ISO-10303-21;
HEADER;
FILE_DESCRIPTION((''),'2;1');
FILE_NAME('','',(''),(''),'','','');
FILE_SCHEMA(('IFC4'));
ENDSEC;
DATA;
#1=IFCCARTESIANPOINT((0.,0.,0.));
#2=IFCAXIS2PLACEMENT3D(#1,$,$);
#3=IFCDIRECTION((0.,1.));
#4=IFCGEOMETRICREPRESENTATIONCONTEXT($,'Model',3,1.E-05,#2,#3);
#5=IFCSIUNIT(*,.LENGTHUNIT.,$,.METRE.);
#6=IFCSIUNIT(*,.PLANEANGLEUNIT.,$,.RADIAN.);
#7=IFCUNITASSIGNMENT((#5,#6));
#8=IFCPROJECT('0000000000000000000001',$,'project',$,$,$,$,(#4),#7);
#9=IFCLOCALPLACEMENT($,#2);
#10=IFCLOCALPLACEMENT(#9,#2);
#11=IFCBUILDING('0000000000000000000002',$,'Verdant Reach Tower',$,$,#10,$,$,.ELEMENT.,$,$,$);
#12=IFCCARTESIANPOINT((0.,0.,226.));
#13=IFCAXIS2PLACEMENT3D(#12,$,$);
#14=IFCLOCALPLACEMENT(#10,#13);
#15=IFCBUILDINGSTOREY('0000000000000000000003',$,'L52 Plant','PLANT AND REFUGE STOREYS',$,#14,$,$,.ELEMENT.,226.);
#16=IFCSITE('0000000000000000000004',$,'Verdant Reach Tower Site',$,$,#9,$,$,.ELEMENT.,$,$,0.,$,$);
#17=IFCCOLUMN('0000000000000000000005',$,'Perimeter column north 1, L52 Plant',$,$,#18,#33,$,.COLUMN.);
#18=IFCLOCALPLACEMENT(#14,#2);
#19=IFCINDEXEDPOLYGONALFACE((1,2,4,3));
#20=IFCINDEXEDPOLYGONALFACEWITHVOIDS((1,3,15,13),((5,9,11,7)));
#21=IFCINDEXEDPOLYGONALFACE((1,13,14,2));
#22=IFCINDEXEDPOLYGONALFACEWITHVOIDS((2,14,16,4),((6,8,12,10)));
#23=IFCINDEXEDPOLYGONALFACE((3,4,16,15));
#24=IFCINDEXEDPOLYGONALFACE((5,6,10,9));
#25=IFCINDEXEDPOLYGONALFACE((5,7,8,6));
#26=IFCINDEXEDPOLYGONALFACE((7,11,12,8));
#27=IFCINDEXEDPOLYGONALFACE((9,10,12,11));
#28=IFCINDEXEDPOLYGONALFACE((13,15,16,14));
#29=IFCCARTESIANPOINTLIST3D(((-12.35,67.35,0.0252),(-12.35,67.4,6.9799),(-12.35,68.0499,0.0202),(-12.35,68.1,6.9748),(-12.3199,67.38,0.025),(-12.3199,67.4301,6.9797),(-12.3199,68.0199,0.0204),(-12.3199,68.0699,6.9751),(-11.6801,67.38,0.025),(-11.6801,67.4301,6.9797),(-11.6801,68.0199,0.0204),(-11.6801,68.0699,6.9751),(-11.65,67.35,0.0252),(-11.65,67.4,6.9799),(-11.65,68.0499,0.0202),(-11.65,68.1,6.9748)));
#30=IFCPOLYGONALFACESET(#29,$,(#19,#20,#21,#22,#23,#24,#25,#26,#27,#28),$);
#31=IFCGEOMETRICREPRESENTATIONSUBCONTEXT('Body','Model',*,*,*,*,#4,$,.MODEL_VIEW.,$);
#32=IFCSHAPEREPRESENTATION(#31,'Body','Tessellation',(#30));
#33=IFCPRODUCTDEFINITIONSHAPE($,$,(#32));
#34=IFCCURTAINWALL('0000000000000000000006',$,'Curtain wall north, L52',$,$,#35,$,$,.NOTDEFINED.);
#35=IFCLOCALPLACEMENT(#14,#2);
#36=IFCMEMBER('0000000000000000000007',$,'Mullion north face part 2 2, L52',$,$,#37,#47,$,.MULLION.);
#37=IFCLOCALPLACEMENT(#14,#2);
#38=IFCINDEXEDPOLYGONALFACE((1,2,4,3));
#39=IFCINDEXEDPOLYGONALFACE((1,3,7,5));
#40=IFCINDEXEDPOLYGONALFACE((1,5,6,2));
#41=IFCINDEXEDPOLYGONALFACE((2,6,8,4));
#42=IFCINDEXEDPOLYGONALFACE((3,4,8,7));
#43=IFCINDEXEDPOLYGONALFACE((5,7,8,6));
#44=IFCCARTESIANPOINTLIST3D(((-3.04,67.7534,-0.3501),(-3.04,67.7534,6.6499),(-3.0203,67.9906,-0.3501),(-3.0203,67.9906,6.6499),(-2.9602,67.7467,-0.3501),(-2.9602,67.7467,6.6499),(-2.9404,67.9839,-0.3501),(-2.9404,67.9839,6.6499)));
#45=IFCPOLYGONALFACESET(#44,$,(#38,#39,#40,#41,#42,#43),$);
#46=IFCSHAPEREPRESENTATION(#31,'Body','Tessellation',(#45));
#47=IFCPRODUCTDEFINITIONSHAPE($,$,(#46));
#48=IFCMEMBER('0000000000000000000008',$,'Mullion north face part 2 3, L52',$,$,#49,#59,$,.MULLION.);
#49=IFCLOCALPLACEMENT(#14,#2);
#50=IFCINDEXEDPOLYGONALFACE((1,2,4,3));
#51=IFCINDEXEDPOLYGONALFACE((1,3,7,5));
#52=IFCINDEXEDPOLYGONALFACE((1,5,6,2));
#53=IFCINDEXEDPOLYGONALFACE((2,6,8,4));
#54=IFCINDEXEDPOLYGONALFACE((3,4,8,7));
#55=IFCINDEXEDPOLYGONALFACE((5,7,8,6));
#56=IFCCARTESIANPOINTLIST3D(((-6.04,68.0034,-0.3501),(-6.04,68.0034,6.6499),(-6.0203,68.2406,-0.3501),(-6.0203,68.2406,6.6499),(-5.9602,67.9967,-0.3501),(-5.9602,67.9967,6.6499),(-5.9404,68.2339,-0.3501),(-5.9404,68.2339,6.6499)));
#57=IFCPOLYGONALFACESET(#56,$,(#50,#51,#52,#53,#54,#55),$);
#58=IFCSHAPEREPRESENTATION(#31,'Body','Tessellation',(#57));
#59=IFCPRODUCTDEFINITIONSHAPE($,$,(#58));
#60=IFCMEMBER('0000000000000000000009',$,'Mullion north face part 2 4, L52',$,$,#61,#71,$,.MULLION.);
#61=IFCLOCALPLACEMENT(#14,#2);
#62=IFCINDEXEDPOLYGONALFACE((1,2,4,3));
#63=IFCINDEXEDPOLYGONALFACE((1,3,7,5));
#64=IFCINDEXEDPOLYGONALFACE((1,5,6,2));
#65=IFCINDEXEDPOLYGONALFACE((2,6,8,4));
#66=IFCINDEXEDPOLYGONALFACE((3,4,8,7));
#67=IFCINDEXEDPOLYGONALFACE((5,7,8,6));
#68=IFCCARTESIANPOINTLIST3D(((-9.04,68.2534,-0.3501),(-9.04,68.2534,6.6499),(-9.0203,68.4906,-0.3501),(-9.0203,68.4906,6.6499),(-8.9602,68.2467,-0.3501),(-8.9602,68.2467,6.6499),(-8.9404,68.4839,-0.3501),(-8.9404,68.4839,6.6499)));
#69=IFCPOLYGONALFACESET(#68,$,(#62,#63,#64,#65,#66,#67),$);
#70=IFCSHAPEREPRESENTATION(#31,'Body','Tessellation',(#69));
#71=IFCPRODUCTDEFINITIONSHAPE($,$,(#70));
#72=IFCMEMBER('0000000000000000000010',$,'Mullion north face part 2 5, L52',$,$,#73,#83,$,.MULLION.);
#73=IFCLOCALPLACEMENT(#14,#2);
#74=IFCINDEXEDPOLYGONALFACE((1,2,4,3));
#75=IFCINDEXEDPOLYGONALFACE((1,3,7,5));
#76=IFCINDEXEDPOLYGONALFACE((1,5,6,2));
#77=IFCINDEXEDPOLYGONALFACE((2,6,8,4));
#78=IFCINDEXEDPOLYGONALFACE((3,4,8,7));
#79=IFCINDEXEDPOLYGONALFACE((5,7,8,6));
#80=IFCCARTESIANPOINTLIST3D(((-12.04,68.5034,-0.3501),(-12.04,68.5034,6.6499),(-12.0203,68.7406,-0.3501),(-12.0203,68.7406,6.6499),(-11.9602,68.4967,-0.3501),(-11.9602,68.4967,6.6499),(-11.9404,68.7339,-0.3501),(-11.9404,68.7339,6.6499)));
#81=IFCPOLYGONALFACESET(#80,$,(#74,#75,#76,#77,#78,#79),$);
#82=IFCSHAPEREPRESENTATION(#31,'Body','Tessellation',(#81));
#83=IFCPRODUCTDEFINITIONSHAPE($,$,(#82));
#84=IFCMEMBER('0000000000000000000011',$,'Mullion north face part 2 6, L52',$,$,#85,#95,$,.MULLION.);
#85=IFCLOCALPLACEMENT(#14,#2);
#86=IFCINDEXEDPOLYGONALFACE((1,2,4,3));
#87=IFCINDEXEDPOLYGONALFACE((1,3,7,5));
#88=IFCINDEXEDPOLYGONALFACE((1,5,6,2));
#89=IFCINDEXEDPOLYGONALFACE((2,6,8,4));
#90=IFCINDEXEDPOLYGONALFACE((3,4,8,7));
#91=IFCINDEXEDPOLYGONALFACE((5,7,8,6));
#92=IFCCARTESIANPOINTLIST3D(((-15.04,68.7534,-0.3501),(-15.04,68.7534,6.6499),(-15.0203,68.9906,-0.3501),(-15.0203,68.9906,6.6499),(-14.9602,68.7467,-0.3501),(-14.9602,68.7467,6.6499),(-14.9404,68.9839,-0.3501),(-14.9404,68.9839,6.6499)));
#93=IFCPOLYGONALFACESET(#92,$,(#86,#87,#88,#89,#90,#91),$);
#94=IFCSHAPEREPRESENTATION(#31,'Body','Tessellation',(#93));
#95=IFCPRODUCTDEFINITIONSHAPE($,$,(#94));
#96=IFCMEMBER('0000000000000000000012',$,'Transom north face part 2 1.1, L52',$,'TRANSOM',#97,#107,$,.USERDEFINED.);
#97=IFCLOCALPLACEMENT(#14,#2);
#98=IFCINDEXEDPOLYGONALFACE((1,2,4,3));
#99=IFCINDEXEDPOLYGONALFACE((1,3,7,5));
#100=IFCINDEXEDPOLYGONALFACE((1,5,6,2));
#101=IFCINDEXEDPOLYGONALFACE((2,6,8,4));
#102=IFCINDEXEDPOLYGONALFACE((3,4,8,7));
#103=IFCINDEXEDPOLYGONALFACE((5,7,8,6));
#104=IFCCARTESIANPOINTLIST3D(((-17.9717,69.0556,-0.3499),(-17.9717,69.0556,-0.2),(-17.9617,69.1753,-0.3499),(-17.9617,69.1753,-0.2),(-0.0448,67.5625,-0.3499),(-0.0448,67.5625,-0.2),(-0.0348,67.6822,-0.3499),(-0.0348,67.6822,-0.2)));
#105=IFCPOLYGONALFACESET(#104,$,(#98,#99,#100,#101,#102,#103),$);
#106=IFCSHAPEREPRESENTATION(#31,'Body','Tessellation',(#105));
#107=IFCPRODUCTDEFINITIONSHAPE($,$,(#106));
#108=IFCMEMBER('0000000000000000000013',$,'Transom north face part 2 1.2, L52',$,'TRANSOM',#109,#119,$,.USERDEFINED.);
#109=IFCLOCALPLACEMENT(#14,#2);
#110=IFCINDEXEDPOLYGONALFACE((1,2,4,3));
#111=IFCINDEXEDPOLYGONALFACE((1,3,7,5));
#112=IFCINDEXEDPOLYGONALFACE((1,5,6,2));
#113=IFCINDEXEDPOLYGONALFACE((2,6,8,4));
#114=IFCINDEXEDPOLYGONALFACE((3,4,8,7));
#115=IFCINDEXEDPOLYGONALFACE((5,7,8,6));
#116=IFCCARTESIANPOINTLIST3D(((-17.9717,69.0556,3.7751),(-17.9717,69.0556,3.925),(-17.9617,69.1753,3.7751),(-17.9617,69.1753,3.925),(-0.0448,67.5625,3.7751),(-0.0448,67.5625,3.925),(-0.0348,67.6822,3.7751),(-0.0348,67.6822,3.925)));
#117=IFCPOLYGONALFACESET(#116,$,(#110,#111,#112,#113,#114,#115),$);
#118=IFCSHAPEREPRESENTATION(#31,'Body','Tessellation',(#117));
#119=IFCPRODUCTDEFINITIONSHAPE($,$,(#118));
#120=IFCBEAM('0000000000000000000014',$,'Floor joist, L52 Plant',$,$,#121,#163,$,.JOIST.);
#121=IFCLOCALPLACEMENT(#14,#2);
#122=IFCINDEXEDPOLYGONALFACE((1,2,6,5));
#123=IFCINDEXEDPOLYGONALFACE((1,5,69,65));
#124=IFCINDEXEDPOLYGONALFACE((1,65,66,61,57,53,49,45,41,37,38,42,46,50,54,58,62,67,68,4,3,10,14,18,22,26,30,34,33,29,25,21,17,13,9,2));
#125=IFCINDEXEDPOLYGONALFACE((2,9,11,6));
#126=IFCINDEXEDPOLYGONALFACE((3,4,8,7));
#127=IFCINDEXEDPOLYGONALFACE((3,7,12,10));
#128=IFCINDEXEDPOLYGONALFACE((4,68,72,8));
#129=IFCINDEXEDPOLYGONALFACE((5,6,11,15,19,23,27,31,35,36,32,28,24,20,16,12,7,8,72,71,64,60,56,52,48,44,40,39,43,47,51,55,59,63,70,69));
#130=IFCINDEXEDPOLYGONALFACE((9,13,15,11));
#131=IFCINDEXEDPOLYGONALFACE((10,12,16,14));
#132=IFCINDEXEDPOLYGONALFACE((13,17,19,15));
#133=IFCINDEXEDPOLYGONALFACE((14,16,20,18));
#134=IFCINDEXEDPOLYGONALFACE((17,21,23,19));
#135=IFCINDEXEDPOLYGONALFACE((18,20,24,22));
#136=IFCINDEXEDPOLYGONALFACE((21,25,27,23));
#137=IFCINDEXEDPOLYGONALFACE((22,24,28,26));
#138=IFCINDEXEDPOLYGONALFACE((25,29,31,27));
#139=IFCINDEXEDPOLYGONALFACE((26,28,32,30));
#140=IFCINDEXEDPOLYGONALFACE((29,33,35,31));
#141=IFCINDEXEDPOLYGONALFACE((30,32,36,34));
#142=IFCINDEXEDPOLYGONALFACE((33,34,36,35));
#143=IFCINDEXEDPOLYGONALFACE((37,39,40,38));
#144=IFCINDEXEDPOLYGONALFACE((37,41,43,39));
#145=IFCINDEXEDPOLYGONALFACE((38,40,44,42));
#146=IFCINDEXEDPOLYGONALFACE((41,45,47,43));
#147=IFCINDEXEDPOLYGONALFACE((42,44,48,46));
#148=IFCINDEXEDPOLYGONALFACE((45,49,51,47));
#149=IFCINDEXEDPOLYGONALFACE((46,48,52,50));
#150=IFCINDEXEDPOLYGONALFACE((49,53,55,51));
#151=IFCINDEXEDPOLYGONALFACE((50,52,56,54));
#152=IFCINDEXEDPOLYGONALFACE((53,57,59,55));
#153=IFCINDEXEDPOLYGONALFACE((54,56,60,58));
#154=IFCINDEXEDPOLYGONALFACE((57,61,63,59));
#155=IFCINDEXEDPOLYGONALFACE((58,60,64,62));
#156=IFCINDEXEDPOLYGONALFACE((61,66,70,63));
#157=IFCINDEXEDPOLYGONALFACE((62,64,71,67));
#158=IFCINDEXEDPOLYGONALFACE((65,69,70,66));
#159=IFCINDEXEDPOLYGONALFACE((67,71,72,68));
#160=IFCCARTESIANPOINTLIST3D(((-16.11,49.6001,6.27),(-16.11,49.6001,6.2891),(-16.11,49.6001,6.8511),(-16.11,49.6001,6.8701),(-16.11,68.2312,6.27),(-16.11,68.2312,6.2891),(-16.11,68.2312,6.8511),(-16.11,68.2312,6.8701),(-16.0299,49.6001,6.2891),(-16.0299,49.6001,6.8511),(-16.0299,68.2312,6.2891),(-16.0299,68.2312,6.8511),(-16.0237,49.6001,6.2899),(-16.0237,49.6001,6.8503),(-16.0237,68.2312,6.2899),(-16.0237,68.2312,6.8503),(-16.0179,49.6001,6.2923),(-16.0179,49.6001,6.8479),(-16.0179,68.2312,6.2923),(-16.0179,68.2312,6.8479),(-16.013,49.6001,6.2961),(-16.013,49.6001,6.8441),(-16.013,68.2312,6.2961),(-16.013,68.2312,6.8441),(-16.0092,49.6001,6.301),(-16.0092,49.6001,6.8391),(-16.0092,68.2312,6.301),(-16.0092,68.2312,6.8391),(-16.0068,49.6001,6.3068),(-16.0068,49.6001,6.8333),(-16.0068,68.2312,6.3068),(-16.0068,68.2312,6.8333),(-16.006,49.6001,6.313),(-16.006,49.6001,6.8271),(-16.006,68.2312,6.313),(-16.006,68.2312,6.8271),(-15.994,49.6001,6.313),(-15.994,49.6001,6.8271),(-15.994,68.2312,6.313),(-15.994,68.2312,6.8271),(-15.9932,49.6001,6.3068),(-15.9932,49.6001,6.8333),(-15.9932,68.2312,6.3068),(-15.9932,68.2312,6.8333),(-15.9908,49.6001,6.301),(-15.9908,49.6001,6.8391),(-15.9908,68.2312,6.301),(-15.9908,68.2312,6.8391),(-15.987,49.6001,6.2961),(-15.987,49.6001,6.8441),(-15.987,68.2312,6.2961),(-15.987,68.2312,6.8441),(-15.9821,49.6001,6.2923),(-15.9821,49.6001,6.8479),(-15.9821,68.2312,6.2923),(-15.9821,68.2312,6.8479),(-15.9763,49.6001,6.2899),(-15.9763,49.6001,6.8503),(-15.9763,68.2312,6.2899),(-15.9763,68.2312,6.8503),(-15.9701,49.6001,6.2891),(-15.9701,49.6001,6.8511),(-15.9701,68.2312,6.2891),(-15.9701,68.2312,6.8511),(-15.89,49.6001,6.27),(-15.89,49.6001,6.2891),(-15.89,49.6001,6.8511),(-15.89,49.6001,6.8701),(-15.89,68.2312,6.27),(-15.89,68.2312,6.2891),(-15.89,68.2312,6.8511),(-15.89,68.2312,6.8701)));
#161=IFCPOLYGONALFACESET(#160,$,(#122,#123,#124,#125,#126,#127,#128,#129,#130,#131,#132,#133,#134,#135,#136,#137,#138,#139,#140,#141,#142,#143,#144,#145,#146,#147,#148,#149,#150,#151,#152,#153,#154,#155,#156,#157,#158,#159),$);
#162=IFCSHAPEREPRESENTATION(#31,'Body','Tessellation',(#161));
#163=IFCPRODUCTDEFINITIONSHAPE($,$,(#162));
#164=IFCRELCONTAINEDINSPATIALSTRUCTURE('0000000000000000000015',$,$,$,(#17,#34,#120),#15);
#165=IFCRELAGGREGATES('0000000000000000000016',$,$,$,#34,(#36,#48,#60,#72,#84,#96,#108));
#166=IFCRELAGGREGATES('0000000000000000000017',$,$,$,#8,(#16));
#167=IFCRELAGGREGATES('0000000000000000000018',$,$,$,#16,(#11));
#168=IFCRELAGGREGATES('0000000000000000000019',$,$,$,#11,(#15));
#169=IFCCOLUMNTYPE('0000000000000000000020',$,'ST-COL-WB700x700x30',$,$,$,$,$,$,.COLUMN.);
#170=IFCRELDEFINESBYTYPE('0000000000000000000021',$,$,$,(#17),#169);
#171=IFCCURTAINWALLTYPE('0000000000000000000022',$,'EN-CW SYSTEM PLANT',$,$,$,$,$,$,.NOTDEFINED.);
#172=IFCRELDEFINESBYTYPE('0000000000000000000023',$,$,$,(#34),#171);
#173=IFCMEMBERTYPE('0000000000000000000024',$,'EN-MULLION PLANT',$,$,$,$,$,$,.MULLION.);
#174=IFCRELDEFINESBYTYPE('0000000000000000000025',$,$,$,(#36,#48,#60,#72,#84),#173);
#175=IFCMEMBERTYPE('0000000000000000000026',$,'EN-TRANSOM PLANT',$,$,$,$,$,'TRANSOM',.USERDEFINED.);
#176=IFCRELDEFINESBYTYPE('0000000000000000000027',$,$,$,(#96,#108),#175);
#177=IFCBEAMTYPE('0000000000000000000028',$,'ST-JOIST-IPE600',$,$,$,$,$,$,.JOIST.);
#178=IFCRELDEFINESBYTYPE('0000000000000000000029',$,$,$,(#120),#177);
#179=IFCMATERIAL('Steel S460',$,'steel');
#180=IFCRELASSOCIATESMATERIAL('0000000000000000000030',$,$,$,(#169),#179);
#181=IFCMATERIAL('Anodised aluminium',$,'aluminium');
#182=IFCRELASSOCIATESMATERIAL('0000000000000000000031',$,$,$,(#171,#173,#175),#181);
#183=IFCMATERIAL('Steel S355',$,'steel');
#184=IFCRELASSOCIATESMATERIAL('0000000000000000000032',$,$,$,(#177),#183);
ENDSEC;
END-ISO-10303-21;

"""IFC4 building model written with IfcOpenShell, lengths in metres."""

from ifc_helpers import new_model, si_unit, direction, frame, origin, origin_2d, place, context, subcontext, project, spatial, rectangle, hollow_rectangle, i_section, extrude, material, material_profile, profile_set, type_object, element, aggregate, save


model = new_model("IFC4")

# Units and contexts
model_context = context("Model", 3, precision=1e-05, world=origin(), true_north=direction((0.0, 1.0)))
body_context = subcontext(model_context, "Body", "Model", "MODEL_VIEW")
ifc_project = project(units=[si_unit("LENGTHUNIT", "METRE"), si_unit("PLANEANGLEUNIT", "RADIAN")], contexts=[model_context])

# Site, building, storey
site_placement = place(None, origin())
site = spatial("IfcSite", under=ifc_project, at=site_placement, Name="Verdant Reach Tower Site", CompositionType="ELEMENT", RefElevation=0.0)
building_placement = place(site_placement, origin())
building = spatial("IfcBuilding", under=site, at=building_placement, Name="Verdant Reach Tower", CompositionType="ELEMENT")
storey_placement = place(building_placement, frame((0.0, 0.0, 226.0)))
storey = spatial("IfcBuildingStorey", under=building, at=storey_placement, Name="L52 Plant", Description="PLANT AND REFUGE STOREYS", CompositionType="ELEMENT", Elevation=226.0)

# Column
ifc_material_1 = material(Name="Steel S460", Category="steel")
ifc_material_profile_1 = material_profile(ifc_material_1, hollow_rectangle(XDim=0.7, YDim=0.7, WallThickness=0.03, at=origin_2d()), Name="WB 700x700x30")
ifc_profile_set_1 = profile_set([ifc_material_profile_1], Name="Steel S460")
column_type = type_object("IfcColumnType", Name="ST-COL-WB700x700x30", PredefinedType="COLUMN", material=ifc_profile_set_1)
column_placement = place(storey_placement, frame((-12.0, 67.7, 0.0227), z_axis=(0.0, 0.007196, 0.999974), x_axis=(-1.0, 0.0, 0.0)))
element("IfcColumn", 1, at=column_placement, inside=storey, type_object=column_type, Name="Perimeter column north 1, L52 Plant", PredefinedType="COLUMN", context=body_context, shape_type="SweptSolid", body=[
    extrude(hollow_rectangle(XDim=0.7, YDim=0.7, WallThickness=0.03, at=origin_2d()), origin(), (0.0, 0.0, 1.0), 6.9548),
])

# Curtain wall, members
ifc_material_2 = material(Name="Anodised aluminium", Category="aluminium")
curtain_wall_type = type_object("IfcCurtainWallType", Name="EN-CW SYSTEM PLANT", PredefinedType="NOTDEFINED", material=ifc_material_2)
curtain_wall_placement = place(storey_placement, origin())
curtain_wall = element("IfcCurtainWall", 2, at=curtain_wall_placement, inside=storey, type_object=curtain_wall_type, Name="Curtain wall north, L52", PredefinedType="NOTDEFINED")
ifc_material_profile_2 = material_profile(ifc_material_2, rectangle(XDim=0.238, YDim=0.0801, at=origin_2d()), Name="Mullion 80x240")
ifc_profile_set_2 = profile_set([ifc_material_profile_2], Name="Anodised aluminium")
member_type_1 = type_object("IfcMemberType", Name="EN-MULLION PLANT", PredefinedType="MULLION", material=ifc_profile_set_2)
member_1_placement = place(storey_placement, frame((-2.9902, 67.8687, -0.3501), z_axis=(0.0, 0.0, 1.0), x_axis=(0.083045, 0.996546, 0.0)))
member_1 = element("IfcMember", 3, at=member_1_placement, type_object=member_type_1, Name="Mullion north face part 2 2, L52", PredefinedType="MULLION", context=body_context, shape_type="SweptSolid", body=[
    extrude(rectangle(XDim=0.238, YDim=0.0801, at=origin_2d()), origin(), (0.0, 0.0, 1.0), 7.0),
])
member_2_placement = place(storey_placement, frame((-5.9902, 68.1187, -0.3501), z_axis=(0.0, 0.0, 1.0), x_axis=(0.083045, 0.996546, 0.0)))
member_2 = element("IfcMember", 4, at=member_2_placement, type_object=member_type_1, Name="Mullion north face part 2 3, L52", PredefinedType="MULLION", context=body_context, shape_type="SweptSolid", body=[
    extrude(rectangle(XDim=0.238, YDim=0.0801, at=origin_2d()), origin(), (0.0, 0.0, 1.0), 7.0),
])
member_3_placement = place(storey_placement, frame((-8.9902, 68.3687, -0.3501), z_axis=(0.0, 0.0, 1.0), x_axis=(0.083045, 0.996546, 0.0)))
member_3 = element("IfcMember", 5, at=member_3_placement, type_object=member_type_1, Name="Mullion north face part 2 4, L52", PredefinedType="MULLION", context=body_context, shape_type="SweptSolid", body=[
    extrude(rectangle(XDim=0.238, YDim=0.0801, at=origin_2d()), origin(), (0.0, 0.0, 1.0), 7.0),
])
member_4_placement = place(storey_placement, frame((-11.9902, 68.6187, -0.3501), z_axis=(0.0, 0.0, 1.0), x_axis=(0.083045, 0.996546, 0.0)))
member_4 = element("IfcMember", 6, at=member_4_placement, type_object=member_type_1, Name="Mullion north face part 2 5, L52", PredefinedType="MULLION", context=body_context, shape_type="SweptSolid", body=[
    extrude(rectangle(XDim=0.238, YDim=0.0801, at=origin_2d()), origin(), (0.0, 0.0, 1.0), 7.0),
])
member_5_placement = place(storey_placement, frame((-14.9902, 68.8687, -0.3501), z_axis=(0.0, 0.0, 1.0), x_axis=(0.083045, 0.996546, 0.0)))
member_5 = element("IfcMember", 7, at=member_5_placement, type_object=member_type_1, Name="Mullion north face part 2 6, L52", PredefinedType="MULLION", context=body_context, shape_type="SweptSolid", body=[
    extrude(rectangle(XDim=0.238, YDim=0.0801, at=origin_2d()), origin(), (0.0, 0.0, 1.0), 7.0),
])
ifc_material_profile_3 = material_profile(ifc_material_2, rectangle(XDim=0.1201, YDim=0.1499, at=origin_2d()), Name="Transom 150x120")
ifc_profile_set_3 = profile_set([ifc_material_profile_3], Name="Anodised aluminium")
member_type_2 = type_object("IfcMemberType", Name="EN-TRANSOM PLANT", ElementType="TRANSOM", PredefinedType="USERDEFINED", material=ifc_profile_set_3)
member_6_placement = place(storey_placement, frame((-0.0398, 67.6223, -0.2749), z_axis=(-0.996549, 0.083004, 0.0), x_axis=(-0.083004, -0.996549, 0.0)))
member_6 = element("IfcMember", 8, at=member_6_placement, type_object=member_type_2, Name="Transom north face part 2 1.1, L52", ObjectType="TRANSOM", PredefinedType="USERDEFINED", context=body_context, shape_type="SweptSolid", body=[
    extrude(rectangle(XDim=0.1201, YDim=0.1499, at=origin_2d()), origin(), (0.0, 0.0, 1.0), 17.989),
])
member_7_placement = place(storey_placement, frame((-0.0398, 67.6223, 3.8501), z_axis=(-0.996549, 0.083004, 0.0), x_axis=(-0.083004, -0.996549, 0.0)))
member_7 = element("IfcMember", 9, at=member_7_placement, type_object=member_type_2, Name="Transom north face part 2 1.2, L52", ObjectType="TRANSOM", PredefinedType="USERDEFINED", context=body_context, shape_type="SweptSolid", body=[
    extrude(rectangle(XDim=0.1201, YDim=0.1499, at=origin_2d()), origin(), (0.0, 0.0, 1.0), 17.989),
])

# Beam
ifc_material_3 = material(Name="Steel S355", Category="steel")
ifc_material_profile_4 = material_profile(ifc_material_3, i_section(OverallWidth=0.22, OverallDepth=0.6001, WebThickness=0.012, FlangeThickness=0.019, FilletRadius=0.0239, at=origin_2d()), Name="IPE 600")
ifc_profile_set_4 = profile_set([ifc_material_profile_4], Name="Steel S355")
beam_type = type_object("IfcBeamType", Name="ST-JOIST-IPE600", PredefinedType="JOIST", material=ifc_profile_set_4)
beam_1_placement = place(storey_placement, frame((-16.0, 49.6001, 6.5701), z_axis=(0.0, 1.0, 0.0), x_axis=(-1.0, 0.0, 0.0)))
element("IfcBeam", 10, at=beam_1_placement, inside=storey, type_object=beam_type, Name="Floor joist, L52 Plant", PredefinedType="JOIST", context=body_context, shape_type="SweptSolid", body=[
    extrude(i_section(OverallWidth=0.22, OverallDepth=0.6001, WebThickness=0.012, FlangeThickness=0.019, FilletRadius=0.0239, at=origin_2d()), origin(), (0.0, 0.0, 1.0), 18.6311),
])

aggregate(curtain_wall, [member_1, member_2, member_3, member_4, member_5, member_6, member_7])

save(model, "model.ifc")
